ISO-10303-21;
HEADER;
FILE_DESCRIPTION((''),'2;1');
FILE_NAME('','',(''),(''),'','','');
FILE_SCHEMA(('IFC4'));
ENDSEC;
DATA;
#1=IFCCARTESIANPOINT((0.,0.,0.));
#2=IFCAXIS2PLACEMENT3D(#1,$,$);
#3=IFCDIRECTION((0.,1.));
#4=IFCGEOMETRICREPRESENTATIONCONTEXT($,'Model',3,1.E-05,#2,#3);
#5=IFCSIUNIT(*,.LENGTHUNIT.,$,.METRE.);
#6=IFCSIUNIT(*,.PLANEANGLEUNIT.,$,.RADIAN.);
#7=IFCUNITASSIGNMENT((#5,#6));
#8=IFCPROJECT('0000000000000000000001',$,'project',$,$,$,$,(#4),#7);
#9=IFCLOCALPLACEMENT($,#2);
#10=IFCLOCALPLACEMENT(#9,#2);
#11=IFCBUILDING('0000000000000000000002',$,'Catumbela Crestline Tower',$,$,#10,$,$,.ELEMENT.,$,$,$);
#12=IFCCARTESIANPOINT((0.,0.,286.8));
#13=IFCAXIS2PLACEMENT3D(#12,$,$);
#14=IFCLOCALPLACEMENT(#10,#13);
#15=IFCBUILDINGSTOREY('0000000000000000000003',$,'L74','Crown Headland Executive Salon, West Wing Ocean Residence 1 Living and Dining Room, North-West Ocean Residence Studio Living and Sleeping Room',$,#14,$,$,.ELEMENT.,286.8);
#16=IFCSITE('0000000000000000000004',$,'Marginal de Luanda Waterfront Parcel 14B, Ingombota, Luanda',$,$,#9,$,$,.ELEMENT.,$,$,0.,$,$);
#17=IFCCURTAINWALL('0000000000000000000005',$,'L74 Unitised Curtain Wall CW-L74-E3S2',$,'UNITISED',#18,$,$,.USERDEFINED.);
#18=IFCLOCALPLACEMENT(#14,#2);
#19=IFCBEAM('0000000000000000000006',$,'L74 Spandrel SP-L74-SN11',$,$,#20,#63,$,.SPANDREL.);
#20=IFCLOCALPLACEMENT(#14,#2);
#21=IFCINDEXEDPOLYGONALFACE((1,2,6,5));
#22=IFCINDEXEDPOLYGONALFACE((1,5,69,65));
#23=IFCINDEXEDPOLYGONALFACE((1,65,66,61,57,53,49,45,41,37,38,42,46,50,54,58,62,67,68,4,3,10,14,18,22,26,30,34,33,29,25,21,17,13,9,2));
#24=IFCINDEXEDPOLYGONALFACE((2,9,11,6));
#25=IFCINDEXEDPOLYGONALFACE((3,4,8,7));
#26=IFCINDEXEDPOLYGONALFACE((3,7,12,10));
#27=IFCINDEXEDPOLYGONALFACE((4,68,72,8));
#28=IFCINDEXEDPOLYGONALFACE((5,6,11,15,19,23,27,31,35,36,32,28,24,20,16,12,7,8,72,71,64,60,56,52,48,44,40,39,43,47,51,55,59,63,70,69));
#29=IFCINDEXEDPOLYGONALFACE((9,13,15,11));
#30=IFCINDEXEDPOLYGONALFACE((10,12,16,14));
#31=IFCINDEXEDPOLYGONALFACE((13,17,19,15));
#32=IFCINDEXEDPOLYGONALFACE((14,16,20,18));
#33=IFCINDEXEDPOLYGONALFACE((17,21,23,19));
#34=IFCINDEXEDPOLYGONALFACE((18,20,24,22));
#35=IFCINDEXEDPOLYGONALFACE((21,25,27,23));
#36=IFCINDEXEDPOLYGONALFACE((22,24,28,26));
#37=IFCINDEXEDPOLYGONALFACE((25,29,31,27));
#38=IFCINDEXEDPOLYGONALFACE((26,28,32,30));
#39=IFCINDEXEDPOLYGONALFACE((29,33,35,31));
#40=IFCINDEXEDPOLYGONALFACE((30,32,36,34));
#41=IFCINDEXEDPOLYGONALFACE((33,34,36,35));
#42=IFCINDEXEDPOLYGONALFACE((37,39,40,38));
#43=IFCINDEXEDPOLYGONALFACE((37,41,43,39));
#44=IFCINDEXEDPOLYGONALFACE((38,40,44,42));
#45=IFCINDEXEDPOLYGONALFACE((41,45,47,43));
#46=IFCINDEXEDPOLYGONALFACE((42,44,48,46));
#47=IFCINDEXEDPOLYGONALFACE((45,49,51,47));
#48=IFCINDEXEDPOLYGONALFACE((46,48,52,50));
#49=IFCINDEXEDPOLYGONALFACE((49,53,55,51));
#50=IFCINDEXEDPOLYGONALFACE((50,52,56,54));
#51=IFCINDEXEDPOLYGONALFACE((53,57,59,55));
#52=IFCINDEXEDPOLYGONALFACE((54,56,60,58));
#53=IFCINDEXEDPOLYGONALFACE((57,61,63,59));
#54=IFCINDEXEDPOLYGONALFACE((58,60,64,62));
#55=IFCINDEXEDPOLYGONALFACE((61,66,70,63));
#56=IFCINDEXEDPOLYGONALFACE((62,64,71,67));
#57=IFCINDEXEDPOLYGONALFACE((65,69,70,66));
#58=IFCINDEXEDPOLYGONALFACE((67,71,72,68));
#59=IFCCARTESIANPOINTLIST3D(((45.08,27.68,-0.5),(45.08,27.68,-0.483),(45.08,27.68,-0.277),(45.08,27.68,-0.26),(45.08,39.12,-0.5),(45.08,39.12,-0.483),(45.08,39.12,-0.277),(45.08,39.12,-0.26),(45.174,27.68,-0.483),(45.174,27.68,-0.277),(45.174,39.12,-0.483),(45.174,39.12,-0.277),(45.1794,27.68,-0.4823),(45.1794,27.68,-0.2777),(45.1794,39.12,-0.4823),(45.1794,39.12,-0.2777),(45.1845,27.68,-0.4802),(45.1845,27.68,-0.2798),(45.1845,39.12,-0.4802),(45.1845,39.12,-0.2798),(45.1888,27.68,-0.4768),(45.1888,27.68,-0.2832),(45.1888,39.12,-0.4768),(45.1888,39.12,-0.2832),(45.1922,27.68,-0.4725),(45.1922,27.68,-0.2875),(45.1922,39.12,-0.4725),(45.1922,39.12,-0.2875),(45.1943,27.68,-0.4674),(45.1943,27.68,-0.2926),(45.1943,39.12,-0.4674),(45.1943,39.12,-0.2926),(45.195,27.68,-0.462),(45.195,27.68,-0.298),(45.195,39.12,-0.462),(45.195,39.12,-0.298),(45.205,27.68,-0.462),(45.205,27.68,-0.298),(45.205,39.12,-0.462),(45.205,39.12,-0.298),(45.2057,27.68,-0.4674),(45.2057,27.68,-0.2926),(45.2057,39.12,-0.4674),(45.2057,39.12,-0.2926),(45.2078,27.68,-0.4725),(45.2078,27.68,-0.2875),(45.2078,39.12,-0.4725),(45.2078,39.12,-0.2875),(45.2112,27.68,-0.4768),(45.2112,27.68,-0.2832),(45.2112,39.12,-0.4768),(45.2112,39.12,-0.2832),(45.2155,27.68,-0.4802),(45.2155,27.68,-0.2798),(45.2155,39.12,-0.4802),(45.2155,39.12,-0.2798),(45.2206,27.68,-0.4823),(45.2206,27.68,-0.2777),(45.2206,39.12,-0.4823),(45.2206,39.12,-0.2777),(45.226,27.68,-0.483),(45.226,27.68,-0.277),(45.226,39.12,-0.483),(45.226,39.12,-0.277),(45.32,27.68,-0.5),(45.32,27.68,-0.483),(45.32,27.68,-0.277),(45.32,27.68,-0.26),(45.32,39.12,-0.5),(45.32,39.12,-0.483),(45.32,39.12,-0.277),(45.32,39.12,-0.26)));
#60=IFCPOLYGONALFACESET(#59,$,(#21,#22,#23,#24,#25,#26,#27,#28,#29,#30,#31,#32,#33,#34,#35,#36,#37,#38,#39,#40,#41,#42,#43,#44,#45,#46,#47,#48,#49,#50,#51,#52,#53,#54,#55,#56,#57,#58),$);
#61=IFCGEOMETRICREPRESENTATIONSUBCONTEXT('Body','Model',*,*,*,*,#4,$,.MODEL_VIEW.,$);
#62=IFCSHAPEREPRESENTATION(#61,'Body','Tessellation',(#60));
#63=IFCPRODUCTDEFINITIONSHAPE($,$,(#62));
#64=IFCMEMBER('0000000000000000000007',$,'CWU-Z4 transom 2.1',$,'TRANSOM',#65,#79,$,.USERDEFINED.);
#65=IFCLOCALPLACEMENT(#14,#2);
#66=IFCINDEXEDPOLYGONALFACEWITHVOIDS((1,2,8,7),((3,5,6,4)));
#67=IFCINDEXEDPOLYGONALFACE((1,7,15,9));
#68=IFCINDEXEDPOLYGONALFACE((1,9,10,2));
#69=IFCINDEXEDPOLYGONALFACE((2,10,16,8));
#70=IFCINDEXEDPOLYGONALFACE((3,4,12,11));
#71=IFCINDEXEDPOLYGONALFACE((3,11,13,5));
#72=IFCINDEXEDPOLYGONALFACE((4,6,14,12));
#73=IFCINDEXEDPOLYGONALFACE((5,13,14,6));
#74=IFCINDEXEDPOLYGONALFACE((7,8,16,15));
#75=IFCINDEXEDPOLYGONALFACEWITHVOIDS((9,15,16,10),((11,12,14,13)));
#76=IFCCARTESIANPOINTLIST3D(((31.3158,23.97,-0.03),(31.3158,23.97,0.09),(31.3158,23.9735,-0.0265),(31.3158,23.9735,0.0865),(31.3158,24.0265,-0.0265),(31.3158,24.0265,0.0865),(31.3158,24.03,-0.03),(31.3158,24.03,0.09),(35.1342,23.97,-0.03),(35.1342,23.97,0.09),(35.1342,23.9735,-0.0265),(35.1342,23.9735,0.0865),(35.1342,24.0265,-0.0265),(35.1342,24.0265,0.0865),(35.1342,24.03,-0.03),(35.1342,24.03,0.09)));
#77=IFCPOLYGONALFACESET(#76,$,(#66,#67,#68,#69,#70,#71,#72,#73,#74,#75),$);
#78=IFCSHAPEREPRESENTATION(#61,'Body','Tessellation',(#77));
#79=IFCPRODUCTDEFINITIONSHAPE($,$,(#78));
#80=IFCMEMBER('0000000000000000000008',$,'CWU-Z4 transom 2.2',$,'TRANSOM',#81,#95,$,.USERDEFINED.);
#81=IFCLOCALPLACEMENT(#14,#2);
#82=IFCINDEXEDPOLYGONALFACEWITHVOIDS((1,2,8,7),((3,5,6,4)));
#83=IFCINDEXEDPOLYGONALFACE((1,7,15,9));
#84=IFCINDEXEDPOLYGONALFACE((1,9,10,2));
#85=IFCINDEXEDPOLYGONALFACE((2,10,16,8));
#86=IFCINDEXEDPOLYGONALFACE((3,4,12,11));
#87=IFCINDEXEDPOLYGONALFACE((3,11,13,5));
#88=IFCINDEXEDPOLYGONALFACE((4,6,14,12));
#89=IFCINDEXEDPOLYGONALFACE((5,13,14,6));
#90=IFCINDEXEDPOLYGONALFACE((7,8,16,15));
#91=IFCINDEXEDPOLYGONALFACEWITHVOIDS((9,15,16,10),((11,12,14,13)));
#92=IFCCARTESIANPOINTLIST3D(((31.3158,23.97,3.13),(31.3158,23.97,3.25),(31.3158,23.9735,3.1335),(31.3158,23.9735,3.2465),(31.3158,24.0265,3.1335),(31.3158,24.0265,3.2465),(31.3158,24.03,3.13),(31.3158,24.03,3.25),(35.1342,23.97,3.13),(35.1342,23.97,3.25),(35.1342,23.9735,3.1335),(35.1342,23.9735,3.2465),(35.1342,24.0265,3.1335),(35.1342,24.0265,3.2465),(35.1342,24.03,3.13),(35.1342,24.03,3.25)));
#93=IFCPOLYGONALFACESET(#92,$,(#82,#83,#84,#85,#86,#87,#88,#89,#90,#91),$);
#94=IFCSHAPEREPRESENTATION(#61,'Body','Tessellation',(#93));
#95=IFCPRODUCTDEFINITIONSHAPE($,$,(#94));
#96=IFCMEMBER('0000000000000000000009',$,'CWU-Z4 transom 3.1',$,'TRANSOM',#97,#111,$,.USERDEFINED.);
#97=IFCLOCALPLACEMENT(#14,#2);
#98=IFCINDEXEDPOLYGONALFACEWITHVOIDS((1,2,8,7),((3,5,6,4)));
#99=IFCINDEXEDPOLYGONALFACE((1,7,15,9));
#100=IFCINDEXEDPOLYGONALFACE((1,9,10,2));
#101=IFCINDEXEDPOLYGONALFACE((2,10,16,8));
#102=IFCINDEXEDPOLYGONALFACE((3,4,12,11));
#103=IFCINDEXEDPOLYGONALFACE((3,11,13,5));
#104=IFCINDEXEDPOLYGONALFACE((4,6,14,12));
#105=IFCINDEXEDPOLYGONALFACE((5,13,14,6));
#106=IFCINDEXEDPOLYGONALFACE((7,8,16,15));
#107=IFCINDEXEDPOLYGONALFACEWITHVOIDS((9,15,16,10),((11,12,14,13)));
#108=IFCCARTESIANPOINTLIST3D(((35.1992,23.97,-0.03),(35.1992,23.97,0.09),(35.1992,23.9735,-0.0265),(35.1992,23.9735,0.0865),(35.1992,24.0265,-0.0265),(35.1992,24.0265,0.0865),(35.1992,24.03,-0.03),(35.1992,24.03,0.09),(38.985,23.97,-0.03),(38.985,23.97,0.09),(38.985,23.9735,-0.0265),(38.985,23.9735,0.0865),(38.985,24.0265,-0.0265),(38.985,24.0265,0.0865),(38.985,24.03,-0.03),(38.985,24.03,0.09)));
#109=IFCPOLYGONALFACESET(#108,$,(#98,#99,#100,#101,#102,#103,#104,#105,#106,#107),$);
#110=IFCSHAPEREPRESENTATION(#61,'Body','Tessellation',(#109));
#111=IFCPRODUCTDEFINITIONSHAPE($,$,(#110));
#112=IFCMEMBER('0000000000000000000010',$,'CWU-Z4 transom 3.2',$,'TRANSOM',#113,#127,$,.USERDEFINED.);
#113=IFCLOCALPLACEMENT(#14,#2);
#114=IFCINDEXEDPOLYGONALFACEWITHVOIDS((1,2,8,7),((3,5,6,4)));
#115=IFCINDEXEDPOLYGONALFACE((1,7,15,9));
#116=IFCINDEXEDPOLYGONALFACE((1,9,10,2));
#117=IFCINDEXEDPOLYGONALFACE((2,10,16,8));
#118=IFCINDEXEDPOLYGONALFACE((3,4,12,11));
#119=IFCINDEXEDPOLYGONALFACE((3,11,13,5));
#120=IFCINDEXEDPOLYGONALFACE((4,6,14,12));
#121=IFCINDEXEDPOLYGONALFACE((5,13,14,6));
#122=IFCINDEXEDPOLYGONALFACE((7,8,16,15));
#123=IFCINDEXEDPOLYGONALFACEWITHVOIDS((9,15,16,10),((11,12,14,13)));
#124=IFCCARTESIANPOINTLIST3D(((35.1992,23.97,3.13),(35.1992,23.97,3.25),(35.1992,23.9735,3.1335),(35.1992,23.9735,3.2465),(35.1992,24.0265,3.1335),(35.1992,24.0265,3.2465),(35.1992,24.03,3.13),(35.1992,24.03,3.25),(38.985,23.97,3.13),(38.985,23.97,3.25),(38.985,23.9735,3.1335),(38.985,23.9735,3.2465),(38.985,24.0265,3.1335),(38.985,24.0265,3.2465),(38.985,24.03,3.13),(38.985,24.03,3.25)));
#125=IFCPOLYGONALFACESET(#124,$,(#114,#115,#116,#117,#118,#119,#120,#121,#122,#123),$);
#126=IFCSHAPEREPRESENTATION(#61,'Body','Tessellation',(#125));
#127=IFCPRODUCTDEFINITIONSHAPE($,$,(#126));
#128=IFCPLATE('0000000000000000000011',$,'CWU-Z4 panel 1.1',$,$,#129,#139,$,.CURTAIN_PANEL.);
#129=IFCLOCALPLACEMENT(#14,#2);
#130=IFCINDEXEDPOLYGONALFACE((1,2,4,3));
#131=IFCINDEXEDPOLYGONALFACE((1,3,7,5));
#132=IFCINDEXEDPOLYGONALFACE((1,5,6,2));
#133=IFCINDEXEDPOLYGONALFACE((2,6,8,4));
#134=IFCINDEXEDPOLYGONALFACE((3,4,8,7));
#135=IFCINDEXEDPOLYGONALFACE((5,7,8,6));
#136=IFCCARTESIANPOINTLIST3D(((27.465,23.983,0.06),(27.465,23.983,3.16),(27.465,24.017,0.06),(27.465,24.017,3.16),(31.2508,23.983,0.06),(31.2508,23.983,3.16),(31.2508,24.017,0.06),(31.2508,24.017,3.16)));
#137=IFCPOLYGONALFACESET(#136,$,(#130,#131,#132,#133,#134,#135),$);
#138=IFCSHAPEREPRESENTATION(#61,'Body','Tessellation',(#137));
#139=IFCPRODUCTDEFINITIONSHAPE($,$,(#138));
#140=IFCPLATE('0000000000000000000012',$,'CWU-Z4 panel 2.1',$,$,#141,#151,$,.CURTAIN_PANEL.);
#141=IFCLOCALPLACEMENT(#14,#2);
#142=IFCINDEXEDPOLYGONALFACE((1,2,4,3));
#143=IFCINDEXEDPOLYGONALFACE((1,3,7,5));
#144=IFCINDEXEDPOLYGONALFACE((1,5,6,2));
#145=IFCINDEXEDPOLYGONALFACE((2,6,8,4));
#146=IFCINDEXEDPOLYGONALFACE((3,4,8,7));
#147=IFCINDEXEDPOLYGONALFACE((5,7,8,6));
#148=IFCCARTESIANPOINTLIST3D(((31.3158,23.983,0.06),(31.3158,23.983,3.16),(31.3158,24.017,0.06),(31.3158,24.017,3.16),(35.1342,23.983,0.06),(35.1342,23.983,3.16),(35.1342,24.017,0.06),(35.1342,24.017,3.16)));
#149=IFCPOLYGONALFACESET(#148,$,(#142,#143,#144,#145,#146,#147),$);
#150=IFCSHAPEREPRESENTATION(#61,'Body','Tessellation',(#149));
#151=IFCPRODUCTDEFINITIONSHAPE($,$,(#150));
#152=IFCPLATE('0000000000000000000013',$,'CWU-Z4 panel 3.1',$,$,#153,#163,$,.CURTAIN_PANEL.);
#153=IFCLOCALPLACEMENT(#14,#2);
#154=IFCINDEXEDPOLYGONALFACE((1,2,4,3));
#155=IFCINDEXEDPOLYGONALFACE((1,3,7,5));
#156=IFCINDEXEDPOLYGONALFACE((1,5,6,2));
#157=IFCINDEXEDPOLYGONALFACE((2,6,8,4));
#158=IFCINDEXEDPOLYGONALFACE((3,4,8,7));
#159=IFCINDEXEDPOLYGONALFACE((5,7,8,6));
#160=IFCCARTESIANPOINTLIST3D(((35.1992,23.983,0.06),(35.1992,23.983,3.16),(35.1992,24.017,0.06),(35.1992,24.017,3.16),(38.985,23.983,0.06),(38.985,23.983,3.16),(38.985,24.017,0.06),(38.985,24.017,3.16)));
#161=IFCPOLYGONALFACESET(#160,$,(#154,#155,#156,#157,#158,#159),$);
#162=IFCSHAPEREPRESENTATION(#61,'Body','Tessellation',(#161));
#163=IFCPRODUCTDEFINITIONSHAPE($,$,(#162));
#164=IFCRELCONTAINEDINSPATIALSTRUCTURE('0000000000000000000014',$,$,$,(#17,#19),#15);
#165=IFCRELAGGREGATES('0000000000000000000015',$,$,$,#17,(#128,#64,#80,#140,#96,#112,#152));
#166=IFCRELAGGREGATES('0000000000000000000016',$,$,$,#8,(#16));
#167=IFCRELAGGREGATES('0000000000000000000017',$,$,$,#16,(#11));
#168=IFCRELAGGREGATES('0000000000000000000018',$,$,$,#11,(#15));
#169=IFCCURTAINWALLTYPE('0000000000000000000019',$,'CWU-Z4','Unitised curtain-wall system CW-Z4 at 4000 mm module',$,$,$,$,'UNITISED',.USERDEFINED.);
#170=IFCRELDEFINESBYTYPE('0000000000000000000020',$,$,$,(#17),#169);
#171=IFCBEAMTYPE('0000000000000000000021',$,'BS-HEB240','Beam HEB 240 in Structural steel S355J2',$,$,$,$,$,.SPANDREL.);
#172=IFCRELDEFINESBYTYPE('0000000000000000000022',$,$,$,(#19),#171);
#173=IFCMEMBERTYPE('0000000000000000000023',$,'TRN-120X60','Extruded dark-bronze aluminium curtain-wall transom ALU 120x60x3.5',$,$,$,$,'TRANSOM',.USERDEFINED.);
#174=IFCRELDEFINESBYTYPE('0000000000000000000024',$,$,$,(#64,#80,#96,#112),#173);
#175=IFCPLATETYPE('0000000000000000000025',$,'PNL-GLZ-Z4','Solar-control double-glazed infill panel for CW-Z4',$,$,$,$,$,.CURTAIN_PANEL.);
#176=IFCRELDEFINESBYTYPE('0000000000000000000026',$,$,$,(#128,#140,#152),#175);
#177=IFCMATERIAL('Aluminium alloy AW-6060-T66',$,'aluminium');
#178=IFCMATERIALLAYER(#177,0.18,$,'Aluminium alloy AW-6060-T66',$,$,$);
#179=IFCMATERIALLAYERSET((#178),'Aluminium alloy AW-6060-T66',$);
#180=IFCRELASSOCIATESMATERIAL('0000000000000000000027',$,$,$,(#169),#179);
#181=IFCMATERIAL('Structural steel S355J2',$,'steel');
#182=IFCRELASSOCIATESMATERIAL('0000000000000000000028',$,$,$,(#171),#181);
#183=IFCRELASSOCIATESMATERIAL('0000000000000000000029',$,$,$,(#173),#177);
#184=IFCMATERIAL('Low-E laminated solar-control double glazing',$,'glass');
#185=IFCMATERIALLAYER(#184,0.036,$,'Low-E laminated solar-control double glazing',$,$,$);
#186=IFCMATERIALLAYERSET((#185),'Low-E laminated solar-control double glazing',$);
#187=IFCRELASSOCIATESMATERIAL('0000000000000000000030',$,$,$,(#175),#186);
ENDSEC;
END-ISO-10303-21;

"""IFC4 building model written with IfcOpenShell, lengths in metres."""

from ifc_helpers import new_model, si_unit, direction, frame, origin, origin_2d, place, context, subcontext, project, spatial, rectangle, hollow_rectangle, i_section, extrude, material, layer, layer_set, material_profile, profile_set, type_object, element, aggregate, save


model = new_model("IFC4")

# Units and contexts
model_context = context("Model", 3, precision=1e-05, world=origin(), true_north=direction((0.0, 1.0)))
body_context = subcontext(model_context, "Body", "Model", "MODEL_VIEW")
ifc_project = project(units=[si_unit("LENGTHUNIT", "METRE"), si_unit("PLANEANGLEUNIT", "RADIAN")], contexts=[model_context])

# Site, building, storey
site_placement = place(None, origin())
site = spatial("IfcSite", under=ifc_project, at=site_placement, Name="Marginal de Luanda Waterfront Parcel 14B, Ingombota, Luanda", CompositionType="ELEMENT", RefElevation=0.0)
building_placement = place(site_placement, origin())
building = spatial("IfcBuilding", under=site, at=building_placement, Name="Catumbela Crestline Tower", CompositionType="ELEMENT")
storey_placement = place(building_placement, frame((0.0, 0.0, 286.8)))
storey = spatial("IfcBuildingStorey", under=building, at=storey_placement, Name="L74", Description="Crown Headland Executive Salon, West Wing Ocean Residence 1 Living and Dining Room, North-West Ocean Residence Studio Living and Sleeping Room", CompositionType="ELEMENT", Elevation=286.8)

# Shared definitions
ifc_material_1 = material(Name="Structural steel S355J2", Category="steel")

# Curtain wall
ifc_material_2 = material(Name="Aluminium alloy AW-6060-T66", Category="aluminium")
ifc_layer_1 = layer(ifc_material_2, 0.18, Name="Aluminium alloy AW-6060-T66")
ifc_layer_set_1 = layer_set([ifc_layer_1], Name="Aluminium alloy AW-6060-T66")
curtain_wall_type = type_object("IfcCurtainWallType", Name="CWU-Z4", Description="Unitised curtain-wall system CW-Z4 at 4000 mm module", ElementType="UNITISED", PredefinedType="USERDEFINED", material=ifc_layer_set_1)
curtain_wall_placement = place(storey_placement, origin())
curtain_wall = element("IfcCurtainWall", 1, at=curtain_wall_placement, inside=storey, type_object=curtain_wall_type, Name="L74 Unitised Curtain Wall CW-L74-E3S2", ObjectType="UNITISED", PredefinedType="USERDEFINED")

# Beam
ifc_material_profile_1 = material_profile(ifc_material_1, i_section(OverallWidth=0.24, OverallDepth=0.24, WebThickness=0.01, FlangeThickness=0.017, FilletRadius=0.021, at=origin_2d()), Name="HEB 240")
ifc_profile_set_1 = profile_set([ifc_material_profile_1], Name="Structural steel S355J2")
beam_type_1 = type_object("IfcBeamType", Name="BS-HEB240", Description="Beam HEB 240 in Structural steel S355J2", PredefinedType="SPANDREL", material=ifc_profile_set_1)
beam_1_placement = place(storey_placement, frame((45.2, 27.68, -0.38), z_axis=(0.0, 1.0, 0.0), x_axis=(-1.0, 0.0, 0.0)))
element("IfcBeam", 2, at=beam_1_placement, inside=storey, type_object=beam_type_1, Name="L74 Spandrel SP-L74-SN11", PredefinedType="SPANDREL", context=body_context, shape_type="SweptSolid", body=[
    extrude(i_section(OverallWidth=0.24, OverallDepth=0.24, WebThickness=0.01, FlangeThickness=0.017, FilletRadius=0.021, at=origin_2d()), origin(), (0.0, 0.0, 1.0), 11.44),
])

# Members
ifc_material_profile_2 = material_profile(ifc_material_2, hollow_rectangle(XDim=0.06, YDim=0.12, WallThickness=0.0035, at=origin_2d()), Name="ALU 120x60x3.5")
ifc_profile_set_2 = profile_set([ifc_material_profile_2], Name="Aluminium alloy AW-6060-T66")
member_type_1 = type_object("IfcMemberType", Name="TRN-120X60", Description="Extruded dark-bronze aluminium curtain-wall transom ALU 120x60x3.5", ElementType="TRANSOM", PredefinedType="USERDEFINED", material=ifc_profile_set_2)
member_1_placement = place(storey_placement, frame((31.3158, 24.0, 0.03), z_axis=(1.0, 0.0, 0.0), x_axis=(0.0, 1.0, 0.0)))
member_1 = element("IfcMember", 3, at=member_1_placement, type_object=member_type_1, Name="CWU-Z4 transom 2.1", ObjectType="TRANSOM", PredefinedType="USERDEFINED", context=body_context, shape_type="SweptSolid", body=[
    extrude(hollow_rectangle(XDim=0.06, YDim=0.12, WallThickness=0.0035, at=origin_2d()), origin(), (0.0, 0.0, 1.0), 3.8184),
])
member_2_placement = place(storey_placement, frame((31.3158, 24.0, 3.19), z_axis=(1.0, 0.0, 0.0), x_axis=(0.0, 1.0, 0.0)))
member_2 = element("IfcMember", 4, at=member_2_placement, type_object=member_type_1, Name="CWU-Z4 transom 2.2", ObjectType="TRANSOM", PredefinedType="USERDEFINED", context=body_context, shape_type="SweptSolid", body=[
    extrude(hollow_rectangle(XDim=0.06, YDim=0.12, WallThickness=0.0035, at=origin_2d()), origin(), (0.0, 0.0, 1.0), 3.8184),
])
member_3_placement = place(storey_placement, frame((35.1992, 24.0, 0.03), z_axis=(1.0, 0.0, 0.0), x_axis=(0.0, 1.0, 0.0)))
member_3 = element("IfcMember", 5, at=member_3_placement, type_object=member_type_1, Name="CWU-Z4 transom 3.1", ObjectType="TRANSOM", PredefinedType="USERDEFINED", context=body_context, shape_type="SweptSolid", body=[
    extrude(hollow_rectangle(XDim=0.06, YDim=0.12, WallThickness=0.0035, at=origin_2d()), origin(), (0.0, 0.0, 1.0), 3.7858),
])
member_4_placement = place(storey_placement, frame((35.1992, 24.0, 3.19), z_axis=(1.0, 0.0, 0.0), x_axis=(0.0, 1.0, 0.0)))
member_4 = element("IfcMember", 6, at=member_4_placement, type_object=member_type_1, Name="CWU-Z4 transom 3.2", ObjectType="TRANSOM", PredefinedType="USERDEFINED", context=body_context, shape_type="SweptSolid", body=[
    extrude(hollow_rectangle(XDim=0.06, YDim=0.12, WallThickness=0.0035, at=origin_2d()), origin(), (0.0, 0.0, 1.0), 3.7858),
])

# Plates
ifc_material_3 = material(Name="Low-E laminated solar-control double glazing", Category="glass")
ifc_layer_2 = layer(ifc_material_3, 0.036, Name="Low-E laminated solar-control double glazing")
ifc_layer_set_2 = layer_set([ifc_layer_2], Name="Low-E laminated solar-control double glazing")
plate_type = type_object("IfcPlateType", Name="PNL-GLZ-Z4", Description="Solar-control double-glazed infill panel for CW-Z4", PredefinedType="CURTAIN_PANEL", material=ifc_layer_set_2)
plate_1_placement = place(storey_placement, frame((29.3579, 24.0, 0.06), z_axis=(0.0, 0.0, 1.0), x_axis=(1.0, 0.0, 0.0)))
plate_1 = element("IfcPlate", 7, at=plate_1_placement, type_object=plate_type, Name="CWU-Z4 panel 1.1", PredefinedType="CURTAIN_PANEL", context=body_context, shape_type="SweptSolid", body=[
    extrude(rectangle(XDim=3.7858, YDim=0.034, at=origin_2d()), origin(), (0.0, 0.0, 1.0), 3.1),
])
plate_2_placement = place(storey_placement, frame((33.225, 24.0, 0.06), z_axis=(0.0, 0.0, 1.0), x_axis=(1.0, 0.0, 0.0)))
plate_2 = element("IfcPlate", 8, at=plate_2_placement, type_object=plate_type, Name="CWU-Z4 panel 2.1", PredefinedType="CURTAIN_PANEL", context=body_context, shape_type="SweptSolid", body=[
    extrude(rectangle(XDim=3.8183, YDim=0.034, at=origin_2d()), origin(), (0.0, 0.0, 1.0), 3.1),
])
plate_3_placement = place(storey_placement, frame((37.0921, 24.0, 0.06), z_axis=(0.0, 0.0, 1.0), x_axis=(1.0, 0.0, 0.0)))
plate_3 = element("IfcPlate", 9, at=plate_3_placement, type_object=plate_type, Name="CWU-Z4 panel 3.1", PredefinedType="CURTAIN_PANEL", context=body_context, shape_type="SweptSolid", body=[
    extrude(rectangle(XDim=3.7858, YDim=0.034, at=origin_2d()), origin(), (0.0, 0.0, 1.0), 3.1),
])
aggregate(curtain_wall, [plate_1, member_1, member_2, plate_2, member_3, member_4, plate_3])

save(model, "model.ifc")
